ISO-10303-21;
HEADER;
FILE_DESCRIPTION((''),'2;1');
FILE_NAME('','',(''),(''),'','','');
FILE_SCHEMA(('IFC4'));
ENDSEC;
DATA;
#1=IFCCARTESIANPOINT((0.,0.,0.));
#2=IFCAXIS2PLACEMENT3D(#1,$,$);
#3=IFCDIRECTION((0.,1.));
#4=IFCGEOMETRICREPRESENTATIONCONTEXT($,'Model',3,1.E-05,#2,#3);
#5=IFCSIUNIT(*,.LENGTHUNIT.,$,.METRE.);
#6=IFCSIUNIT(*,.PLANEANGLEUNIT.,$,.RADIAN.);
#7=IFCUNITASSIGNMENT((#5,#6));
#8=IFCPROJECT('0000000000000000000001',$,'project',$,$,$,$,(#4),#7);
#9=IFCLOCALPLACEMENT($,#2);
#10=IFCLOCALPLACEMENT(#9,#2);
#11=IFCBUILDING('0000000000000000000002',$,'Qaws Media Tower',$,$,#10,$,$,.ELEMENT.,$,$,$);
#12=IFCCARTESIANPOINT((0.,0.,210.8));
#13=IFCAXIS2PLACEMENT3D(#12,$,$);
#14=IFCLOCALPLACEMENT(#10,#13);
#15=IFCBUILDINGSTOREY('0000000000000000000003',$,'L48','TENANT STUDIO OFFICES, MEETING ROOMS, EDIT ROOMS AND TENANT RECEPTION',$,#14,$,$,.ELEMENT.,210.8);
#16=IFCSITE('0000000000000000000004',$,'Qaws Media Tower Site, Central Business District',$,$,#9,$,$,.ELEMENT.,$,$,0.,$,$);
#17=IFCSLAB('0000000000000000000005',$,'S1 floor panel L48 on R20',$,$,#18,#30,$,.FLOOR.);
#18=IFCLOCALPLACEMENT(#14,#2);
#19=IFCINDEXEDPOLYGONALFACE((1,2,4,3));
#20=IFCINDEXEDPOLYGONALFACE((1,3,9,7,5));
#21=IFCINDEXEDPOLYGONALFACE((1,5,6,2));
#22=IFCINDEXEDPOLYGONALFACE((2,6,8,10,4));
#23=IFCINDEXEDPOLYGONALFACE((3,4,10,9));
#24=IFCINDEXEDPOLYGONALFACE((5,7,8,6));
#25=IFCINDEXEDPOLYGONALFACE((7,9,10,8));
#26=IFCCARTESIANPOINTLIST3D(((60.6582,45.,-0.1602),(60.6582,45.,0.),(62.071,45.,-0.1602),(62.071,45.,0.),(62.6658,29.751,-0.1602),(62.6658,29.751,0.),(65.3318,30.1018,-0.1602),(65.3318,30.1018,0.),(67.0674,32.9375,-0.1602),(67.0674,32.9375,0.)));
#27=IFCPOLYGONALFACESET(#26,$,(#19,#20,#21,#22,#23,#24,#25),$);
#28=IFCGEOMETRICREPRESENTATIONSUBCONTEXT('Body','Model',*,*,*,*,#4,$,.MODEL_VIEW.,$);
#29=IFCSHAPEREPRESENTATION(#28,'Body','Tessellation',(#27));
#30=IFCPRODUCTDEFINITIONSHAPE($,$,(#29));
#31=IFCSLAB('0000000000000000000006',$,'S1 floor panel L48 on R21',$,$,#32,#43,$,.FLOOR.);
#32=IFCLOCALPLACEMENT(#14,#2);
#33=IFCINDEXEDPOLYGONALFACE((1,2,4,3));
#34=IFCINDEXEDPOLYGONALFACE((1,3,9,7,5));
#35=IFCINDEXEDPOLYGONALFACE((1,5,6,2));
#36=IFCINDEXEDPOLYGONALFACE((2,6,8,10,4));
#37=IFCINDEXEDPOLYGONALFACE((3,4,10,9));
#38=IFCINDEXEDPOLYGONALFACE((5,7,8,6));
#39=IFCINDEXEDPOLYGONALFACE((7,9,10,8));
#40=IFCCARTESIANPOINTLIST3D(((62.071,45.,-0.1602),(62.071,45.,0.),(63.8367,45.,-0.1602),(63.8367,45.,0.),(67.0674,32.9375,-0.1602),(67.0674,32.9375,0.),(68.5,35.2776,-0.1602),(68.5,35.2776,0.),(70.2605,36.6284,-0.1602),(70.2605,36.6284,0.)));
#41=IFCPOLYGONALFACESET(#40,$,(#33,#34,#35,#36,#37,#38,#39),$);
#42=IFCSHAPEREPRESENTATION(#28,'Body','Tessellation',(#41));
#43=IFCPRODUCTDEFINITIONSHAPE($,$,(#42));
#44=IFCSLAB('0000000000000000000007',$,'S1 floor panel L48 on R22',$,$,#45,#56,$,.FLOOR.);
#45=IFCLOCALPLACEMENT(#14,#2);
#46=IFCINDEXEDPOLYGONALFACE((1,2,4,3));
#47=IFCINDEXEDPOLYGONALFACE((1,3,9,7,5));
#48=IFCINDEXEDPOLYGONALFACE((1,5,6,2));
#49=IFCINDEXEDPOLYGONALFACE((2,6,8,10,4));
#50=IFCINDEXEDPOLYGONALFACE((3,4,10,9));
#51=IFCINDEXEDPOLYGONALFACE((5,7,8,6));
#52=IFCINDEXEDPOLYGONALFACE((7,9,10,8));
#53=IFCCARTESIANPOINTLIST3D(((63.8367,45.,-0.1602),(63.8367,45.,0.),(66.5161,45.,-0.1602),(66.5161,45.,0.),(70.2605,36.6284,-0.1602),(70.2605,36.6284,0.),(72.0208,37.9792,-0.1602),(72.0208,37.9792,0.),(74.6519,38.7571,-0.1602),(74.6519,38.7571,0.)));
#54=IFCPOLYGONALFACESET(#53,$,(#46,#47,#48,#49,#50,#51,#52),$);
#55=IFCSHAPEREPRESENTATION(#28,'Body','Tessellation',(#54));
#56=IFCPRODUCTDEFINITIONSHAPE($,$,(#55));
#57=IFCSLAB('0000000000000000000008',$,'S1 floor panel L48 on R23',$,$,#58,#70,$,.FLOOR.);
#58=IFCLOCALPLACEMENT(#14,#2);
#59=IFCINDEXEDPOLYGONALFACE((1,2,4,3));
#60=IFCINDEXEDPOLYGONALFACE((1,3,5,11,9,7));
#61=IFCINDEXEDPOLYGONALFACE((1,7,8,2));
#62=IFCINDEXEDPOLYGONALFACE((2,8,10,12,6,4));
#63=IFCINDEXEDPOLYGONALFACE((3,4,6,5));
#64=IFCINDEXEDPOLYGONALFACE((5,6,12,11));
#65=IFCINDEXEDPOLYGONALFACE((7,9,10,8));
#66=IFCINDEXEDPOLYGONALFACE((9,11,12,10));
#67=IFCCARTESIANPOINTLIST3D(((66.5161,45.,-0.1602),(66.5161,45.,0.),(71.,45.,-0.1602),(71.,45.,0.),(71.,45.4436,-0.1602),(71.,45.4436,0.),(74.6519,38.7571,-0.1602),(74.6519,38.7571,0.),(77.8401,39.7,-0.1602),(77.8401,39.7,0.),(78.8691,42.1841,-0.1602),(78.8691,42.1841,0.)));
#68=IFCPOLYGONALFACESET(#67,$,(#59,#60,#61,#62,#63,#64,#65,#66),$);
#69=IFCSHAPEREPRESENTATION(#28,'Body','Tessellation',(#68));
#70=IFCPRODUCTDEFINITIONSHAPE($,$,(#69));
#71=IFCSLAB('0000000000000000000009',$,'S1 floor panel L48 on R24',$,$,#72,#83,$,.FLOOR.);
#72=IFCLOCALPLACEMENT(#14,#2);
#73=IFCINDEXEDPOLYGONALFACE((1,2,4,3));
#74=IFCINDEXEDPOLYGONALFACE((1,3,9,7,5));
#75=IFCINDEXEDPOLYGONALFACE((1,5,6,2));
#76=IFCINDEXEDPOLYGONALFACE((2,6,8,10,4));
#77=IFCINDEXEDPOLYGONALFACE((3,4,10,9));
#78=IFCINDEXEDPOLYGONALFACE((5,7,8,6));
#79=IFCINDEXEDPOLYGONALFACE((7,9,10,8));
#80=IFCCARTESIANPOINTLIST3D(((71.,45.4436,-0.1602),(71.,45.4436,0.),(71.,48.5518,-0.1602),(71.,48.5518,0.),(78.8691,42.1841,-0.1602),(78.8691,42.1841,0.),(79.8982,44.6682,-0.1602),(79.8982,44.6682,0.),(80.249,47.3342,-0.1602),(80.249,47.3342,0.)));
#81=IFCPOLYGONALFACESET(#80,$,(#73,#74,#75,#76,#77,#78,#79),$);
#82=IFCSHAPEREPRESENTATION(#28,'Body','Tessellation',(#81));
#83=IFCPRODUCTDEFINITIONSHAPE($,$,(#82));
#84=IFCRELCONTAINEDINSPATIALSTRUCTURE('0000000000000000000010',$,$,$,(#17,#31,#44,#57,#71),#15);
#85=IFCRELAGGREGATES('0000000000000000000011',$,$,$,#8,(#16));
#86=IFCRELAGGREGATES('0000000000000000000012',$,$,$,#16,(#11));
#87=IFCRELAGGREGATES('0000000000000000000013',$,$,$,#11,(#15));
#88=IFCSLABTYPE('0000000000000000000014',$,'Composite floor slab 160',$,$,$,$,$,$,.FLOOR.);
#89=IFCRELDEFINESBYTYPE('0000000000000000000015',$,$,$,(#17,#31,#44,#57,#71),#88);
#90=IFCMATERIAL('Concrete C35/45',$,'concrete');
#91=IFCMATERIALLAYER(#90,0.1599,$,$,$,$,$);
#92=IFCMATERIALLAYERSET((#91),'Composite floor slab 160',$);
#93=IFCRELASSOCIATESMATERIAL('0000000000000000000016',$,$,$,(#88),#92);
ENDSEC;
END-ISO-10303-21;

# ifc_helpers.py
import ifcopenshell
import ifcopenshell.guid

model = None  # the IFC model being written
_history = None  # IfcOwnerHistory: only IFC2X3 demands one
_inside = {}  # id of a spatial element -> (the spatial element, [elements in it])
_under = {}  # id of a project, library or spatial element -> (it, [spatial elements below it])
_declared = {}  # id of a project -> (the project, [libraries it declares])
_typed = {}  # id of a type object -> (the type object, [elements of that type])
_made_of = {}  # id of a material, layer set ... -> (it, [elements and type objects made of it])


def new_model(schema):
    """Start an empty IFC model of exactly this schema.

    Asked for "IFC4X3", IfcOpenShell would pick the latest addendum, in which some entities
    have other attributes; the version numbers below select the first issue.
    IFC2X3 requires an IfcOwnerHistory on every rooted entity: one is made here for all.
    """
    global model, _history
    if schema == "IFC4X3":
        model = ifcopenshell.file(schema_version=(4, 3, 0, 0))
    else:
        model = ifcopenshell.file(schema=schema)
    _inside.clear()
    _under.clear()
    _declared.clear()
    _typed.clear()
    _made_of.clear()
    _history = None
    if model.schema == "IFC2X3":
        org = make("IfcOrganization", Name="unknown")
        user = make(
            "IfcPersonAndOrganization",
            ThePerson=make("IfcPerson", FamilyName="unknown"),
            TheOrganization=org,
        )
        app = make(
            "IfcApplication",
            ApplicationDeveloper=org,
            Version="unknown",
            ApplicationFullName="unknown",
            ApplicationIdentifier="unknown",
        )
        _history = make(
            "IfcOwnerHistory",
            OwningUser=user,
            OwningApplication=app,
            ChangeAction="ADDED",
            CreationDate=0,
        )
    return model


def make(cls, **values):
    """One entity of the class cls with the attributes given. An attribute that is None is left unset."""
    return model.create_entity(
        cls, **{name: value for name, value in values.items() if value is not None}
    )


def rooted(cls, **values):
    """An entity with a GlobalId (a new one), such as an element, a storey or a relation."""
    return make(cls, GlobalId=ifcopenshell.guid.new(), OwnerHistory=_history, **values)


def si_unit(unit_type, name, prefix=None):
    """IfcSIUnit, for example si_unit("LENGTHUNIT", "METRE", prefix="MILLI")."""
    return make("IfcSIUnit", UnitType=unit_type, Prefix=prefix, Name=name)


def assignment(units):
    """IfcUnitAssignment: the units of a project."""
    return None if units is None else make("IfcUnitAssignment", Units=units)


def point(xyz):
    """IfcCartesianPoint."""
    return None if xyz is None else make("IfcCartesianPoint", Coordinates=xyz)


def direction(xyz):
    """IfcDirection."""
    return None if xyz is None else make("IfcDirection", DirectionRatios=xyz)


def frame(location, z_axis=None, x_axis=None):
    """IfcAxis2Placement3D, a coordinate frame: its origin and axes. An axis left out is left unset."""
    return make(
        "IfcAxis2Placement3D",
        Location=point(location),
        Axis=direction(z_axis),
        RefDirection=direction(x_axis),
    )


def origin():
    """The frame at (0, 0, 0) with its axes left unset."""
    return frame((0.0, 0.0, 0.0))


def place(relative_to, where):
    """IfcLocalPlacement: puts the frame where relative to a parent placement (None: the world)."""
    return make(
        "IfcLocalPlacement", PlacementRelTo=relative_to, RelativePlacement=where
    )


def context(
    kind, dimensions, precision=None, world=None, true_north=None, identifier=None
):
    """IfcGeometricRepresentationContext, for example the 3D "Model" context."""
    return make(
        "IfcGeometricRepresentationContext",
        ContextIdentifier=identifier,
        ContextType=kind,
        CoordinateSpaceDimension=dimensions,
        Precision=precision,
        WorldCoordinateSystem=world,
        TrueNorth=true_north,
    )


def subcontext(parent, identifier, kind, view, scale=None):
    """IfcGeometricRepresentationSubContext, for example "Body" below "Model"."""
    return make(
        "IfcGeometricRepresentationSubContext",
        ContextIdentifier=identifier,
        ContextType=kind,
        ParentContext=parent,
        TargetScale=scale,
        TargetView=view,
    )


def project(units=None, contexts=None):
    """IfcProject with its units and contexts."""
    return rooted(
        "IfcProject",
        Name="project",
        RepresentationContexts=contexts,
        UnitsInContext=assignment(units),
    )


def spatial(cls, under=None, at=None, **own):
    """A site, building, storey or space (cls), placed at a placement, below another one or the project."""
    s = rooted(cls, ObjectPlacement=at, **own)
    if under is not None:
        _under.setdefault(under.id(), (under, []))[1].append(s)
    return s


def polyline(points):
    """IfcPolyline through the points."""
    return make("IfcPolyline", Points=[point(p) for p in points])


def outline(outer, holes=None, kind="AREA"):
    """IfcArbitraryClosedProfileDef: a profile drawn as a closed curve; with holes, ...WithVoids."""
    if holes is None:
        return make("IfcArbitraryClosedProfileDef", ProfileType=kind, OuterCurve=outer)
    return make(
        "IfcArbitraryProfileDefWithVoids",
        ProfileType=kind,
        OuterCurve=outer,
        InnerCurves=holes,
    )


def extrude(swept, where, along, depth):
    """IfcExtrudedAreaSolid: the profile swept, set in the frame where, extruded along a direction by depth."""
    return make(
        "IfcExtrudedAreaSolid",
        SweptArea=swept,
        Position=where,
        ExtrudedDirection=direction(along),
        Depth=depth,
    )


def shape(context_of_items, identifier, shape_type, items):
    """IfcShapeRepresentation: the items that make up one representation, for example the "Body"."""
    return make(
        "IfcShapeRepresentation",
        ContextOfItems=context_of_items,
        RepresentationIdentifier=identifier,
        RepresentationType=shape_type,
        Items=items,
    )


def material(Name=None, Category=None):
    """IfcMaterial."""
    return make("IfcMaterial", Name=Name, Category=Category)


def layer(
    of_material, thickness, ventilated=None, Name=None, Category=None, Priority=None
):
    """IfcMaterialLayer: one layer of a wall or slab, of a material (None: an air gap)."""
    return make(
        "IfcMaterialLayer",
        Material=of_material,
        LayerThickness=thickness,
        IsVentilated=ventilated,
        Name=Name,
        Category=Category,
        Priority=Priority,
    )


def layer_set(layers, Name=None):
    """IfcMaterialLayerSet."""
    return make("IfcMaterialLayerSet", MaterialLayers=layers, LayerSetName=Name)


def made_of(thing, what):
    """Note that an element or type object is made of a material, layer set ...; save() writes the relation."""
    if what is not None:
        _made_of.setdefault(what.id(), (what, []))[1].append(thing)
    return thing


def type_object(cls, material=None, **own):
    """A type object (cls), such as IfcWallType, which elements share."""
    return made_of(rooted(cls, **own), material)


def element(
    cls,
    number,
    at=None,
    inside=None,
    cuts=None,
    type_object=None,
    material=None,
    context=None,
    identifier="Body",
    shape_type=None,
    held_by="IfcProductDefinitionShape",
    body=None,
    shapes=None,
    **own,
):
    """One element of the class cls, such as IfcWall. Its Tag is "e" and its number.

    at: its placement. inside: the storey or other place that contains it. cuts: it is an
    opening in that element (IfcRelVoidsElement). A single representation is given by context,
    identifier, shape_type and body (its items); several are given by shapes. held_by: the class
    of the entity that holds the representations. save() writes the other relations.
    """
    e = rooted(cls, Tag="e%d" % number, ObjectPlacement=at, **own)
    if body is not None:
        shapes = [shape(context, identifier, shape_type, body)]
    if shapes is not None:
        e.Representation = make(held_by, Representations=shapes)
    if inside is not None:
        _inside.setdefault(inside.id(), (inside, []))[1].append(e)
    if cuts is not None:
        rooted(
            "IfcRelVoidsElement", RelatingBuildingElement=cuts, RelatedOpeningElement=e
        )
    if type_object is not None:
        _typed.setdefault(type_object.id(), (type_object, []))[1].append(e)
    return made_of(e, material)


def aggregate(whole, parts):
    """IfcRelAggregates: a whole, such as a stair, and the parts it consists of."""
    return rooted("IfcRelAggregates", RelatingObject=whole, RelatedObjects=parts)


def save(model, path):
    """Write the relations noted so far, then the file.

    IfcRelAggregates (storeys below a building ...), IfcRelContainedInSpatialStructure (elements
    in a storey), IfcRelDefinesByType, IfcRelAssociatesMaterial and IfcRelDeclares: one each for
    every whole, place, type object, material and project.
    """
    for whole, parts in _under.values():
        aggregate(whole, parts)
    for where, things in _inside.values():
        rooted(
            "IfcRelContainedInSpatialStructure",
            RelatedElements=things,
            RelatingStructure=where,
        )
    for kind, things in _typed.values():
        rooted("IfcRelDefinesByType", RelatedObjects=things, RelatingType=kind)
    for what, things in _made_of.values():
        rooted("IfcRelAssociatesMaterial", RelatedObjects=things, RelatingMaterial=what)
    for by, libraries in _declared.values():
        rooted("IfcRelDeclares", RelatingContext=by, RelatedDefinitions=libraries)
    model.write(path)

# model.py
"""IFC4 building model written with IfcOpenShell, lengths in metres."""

from ifc_helpers import new_model, si_unit, direction, frame, origin, place, context, subcontext, project, spatial, polyline, outline, extrude, material, layer, layer_set, type_object, element, save


model = new_model("IFC4")

# Units and contexts
model_context = context("Model", 3, precision=1e-05, world=origin(), true_north=direction((0.0, 1.0)))
body_context = subcontext(model_context, "Body", "Model", "MODEL_VIEW")
ifc_project = project(units=[si_unit("LENGTHUNIT", "METRE"), si_unit("PLANEANGLEUNIT", "RADIAN")], contexts=[model_context])

# Site, building, storey
site_placement = place(None, origin())
site = spatial("IfcSite", under=ifc_project, at=site_placement, Name="Qaws Media Tower Site, Central Business District", CompositionType="ELEMENT", RefElevation=0.0)
building_placement = place(site_placement, origin())
building = spatial("IfcBuilding", under=site, at=building_placement, Name="Qaws Media Tower", CompositionType="ELEMENT")
storey_placement = place(building_placement, frame((0.0, 0.0, 210.8)))
storey = spatial("IfcBuildingStorey", under=building, at=storey_placement, Name="L48", Description="TENANT STUDIO OFFICES, MEETING ROOMS, EDIT ROOMS AND TENANT RECEPTION", CompositionType="ELEMENT", Elevation=210.8)

# Slabs
ifc_material_1 = material(Name="Concrete C35/45", Category="concrete")
ifc_layer_1 = layer(ifc_material_1, 0.1599)
ifc_layer_set_1 = layer_set([ifc_layer_1], Name="Composite floor slab 160")
slab_type_1 = type_object("IfcSlabType", Name="Composite floor slab 160", PredefinedType="FLOOR", material=ifc_layer_set_1)
slab_1_placement = place(storey_placement, frame((0.0, 0.0, -0.1602)))
element("IfcSlab", 1, at=slab_1_placement, inside=storey, type_object=slab_type_1, Name="S1 floor panel L48 on R20", PredefinedType="FLOOR", context=body_context, shape_type="SweptSolid", body=[
    extrude(outline(polyline([(65.3318, 30.1018), (62.6658, 29.751), (60.6582, 45.0), (62.071, 45.0), (67.0674, 32.9375), (65.3318, 30.1018)])), origin(), (0.0, 0.0, 1.0), 0.1602),
])
slab_2_placement = place(storey_placement, frame((0.0, 0.0, -0.1602)))
element("IfcSlab", 2, at=slab_2_placement, inside=storey, type_object=slab_type_1, Name="S1 floor panel L48 on R21", PredefinedType="FLOOR", context=body_context, shape_type="SweptSolid", body=[
    extrude(outline(polyline([(68.5, 35.2776), (67.0674, 32.9375), (62.071, 45.0), (63.8367, 45.0), (70.2605, 36.6284), (68.5, 35.2776)])), origin(), (0.0, 0.0, 1.0), 0.1602),
])
slab_3_placement = place(storey_placement, frame((0.0, 0.0, -0.1602)))
element("IfcSlab", 3, at=slab_3_placement, inside=storey, type_object=slab_type_1, Name="S1 floor panel L48 on R22", PredefinedType="FLOOR", context=body_context, shape_type="SweptSolid", body=[
    extrude(outline(polyline([(72.0208, 37.9792), (70.2605, 36.6284), (63.8367, 45.0), (66.5161, 45.0), (74.6519, 38.7571), (72.0208, 37.9792)])), origin(), (0.0, 0.0, 1.0), 0.1602),
])
slab_4_placement = place(storey_placement, frame((0.0, 0.0, -0.1602)))
element("IfcSlab", 4, at=slab_4_placement, inside=storey, type_object=slab_type_1, Name="S1 floor panel L48 on R23", PredefinedType="FLOOR", context=body_context, shape_type="SweptSolid", body=[
    extrude(outline(polyline([(77.8401, 39.7), (74.6519, 38.7571), (66.5161, 45.0), (71.0, 45.0), (71.0, 45.4436), (78.8691, 42.1841), (77.8401, 39.7)])), origin(), (0.0, 0.0, 1.0), 0.1602),
])
slab_5_placement = place(storey_placement, frame((0.0, 0.0, -0.1602)))
element("IfcSlab", 5, at=slab_5_placement, inside=storey, type_object=slab_type_1, Name="S1 floor panel L48 on R24", PredefinedType="FLOOR", context=body_context, shape_type="SweptSolid", body=[
    extrude(outline(polyline([(78.8691, 42.1841), (71.0, 45.4436), (71.0, 48.5518), (80.249, 47.3342), (79.8982, 44.6682), (78.8691, 42.1841)])), origin(), (0.0, 0.0, 1.0), 0.1602),
])

save(model, "model.ifc")
